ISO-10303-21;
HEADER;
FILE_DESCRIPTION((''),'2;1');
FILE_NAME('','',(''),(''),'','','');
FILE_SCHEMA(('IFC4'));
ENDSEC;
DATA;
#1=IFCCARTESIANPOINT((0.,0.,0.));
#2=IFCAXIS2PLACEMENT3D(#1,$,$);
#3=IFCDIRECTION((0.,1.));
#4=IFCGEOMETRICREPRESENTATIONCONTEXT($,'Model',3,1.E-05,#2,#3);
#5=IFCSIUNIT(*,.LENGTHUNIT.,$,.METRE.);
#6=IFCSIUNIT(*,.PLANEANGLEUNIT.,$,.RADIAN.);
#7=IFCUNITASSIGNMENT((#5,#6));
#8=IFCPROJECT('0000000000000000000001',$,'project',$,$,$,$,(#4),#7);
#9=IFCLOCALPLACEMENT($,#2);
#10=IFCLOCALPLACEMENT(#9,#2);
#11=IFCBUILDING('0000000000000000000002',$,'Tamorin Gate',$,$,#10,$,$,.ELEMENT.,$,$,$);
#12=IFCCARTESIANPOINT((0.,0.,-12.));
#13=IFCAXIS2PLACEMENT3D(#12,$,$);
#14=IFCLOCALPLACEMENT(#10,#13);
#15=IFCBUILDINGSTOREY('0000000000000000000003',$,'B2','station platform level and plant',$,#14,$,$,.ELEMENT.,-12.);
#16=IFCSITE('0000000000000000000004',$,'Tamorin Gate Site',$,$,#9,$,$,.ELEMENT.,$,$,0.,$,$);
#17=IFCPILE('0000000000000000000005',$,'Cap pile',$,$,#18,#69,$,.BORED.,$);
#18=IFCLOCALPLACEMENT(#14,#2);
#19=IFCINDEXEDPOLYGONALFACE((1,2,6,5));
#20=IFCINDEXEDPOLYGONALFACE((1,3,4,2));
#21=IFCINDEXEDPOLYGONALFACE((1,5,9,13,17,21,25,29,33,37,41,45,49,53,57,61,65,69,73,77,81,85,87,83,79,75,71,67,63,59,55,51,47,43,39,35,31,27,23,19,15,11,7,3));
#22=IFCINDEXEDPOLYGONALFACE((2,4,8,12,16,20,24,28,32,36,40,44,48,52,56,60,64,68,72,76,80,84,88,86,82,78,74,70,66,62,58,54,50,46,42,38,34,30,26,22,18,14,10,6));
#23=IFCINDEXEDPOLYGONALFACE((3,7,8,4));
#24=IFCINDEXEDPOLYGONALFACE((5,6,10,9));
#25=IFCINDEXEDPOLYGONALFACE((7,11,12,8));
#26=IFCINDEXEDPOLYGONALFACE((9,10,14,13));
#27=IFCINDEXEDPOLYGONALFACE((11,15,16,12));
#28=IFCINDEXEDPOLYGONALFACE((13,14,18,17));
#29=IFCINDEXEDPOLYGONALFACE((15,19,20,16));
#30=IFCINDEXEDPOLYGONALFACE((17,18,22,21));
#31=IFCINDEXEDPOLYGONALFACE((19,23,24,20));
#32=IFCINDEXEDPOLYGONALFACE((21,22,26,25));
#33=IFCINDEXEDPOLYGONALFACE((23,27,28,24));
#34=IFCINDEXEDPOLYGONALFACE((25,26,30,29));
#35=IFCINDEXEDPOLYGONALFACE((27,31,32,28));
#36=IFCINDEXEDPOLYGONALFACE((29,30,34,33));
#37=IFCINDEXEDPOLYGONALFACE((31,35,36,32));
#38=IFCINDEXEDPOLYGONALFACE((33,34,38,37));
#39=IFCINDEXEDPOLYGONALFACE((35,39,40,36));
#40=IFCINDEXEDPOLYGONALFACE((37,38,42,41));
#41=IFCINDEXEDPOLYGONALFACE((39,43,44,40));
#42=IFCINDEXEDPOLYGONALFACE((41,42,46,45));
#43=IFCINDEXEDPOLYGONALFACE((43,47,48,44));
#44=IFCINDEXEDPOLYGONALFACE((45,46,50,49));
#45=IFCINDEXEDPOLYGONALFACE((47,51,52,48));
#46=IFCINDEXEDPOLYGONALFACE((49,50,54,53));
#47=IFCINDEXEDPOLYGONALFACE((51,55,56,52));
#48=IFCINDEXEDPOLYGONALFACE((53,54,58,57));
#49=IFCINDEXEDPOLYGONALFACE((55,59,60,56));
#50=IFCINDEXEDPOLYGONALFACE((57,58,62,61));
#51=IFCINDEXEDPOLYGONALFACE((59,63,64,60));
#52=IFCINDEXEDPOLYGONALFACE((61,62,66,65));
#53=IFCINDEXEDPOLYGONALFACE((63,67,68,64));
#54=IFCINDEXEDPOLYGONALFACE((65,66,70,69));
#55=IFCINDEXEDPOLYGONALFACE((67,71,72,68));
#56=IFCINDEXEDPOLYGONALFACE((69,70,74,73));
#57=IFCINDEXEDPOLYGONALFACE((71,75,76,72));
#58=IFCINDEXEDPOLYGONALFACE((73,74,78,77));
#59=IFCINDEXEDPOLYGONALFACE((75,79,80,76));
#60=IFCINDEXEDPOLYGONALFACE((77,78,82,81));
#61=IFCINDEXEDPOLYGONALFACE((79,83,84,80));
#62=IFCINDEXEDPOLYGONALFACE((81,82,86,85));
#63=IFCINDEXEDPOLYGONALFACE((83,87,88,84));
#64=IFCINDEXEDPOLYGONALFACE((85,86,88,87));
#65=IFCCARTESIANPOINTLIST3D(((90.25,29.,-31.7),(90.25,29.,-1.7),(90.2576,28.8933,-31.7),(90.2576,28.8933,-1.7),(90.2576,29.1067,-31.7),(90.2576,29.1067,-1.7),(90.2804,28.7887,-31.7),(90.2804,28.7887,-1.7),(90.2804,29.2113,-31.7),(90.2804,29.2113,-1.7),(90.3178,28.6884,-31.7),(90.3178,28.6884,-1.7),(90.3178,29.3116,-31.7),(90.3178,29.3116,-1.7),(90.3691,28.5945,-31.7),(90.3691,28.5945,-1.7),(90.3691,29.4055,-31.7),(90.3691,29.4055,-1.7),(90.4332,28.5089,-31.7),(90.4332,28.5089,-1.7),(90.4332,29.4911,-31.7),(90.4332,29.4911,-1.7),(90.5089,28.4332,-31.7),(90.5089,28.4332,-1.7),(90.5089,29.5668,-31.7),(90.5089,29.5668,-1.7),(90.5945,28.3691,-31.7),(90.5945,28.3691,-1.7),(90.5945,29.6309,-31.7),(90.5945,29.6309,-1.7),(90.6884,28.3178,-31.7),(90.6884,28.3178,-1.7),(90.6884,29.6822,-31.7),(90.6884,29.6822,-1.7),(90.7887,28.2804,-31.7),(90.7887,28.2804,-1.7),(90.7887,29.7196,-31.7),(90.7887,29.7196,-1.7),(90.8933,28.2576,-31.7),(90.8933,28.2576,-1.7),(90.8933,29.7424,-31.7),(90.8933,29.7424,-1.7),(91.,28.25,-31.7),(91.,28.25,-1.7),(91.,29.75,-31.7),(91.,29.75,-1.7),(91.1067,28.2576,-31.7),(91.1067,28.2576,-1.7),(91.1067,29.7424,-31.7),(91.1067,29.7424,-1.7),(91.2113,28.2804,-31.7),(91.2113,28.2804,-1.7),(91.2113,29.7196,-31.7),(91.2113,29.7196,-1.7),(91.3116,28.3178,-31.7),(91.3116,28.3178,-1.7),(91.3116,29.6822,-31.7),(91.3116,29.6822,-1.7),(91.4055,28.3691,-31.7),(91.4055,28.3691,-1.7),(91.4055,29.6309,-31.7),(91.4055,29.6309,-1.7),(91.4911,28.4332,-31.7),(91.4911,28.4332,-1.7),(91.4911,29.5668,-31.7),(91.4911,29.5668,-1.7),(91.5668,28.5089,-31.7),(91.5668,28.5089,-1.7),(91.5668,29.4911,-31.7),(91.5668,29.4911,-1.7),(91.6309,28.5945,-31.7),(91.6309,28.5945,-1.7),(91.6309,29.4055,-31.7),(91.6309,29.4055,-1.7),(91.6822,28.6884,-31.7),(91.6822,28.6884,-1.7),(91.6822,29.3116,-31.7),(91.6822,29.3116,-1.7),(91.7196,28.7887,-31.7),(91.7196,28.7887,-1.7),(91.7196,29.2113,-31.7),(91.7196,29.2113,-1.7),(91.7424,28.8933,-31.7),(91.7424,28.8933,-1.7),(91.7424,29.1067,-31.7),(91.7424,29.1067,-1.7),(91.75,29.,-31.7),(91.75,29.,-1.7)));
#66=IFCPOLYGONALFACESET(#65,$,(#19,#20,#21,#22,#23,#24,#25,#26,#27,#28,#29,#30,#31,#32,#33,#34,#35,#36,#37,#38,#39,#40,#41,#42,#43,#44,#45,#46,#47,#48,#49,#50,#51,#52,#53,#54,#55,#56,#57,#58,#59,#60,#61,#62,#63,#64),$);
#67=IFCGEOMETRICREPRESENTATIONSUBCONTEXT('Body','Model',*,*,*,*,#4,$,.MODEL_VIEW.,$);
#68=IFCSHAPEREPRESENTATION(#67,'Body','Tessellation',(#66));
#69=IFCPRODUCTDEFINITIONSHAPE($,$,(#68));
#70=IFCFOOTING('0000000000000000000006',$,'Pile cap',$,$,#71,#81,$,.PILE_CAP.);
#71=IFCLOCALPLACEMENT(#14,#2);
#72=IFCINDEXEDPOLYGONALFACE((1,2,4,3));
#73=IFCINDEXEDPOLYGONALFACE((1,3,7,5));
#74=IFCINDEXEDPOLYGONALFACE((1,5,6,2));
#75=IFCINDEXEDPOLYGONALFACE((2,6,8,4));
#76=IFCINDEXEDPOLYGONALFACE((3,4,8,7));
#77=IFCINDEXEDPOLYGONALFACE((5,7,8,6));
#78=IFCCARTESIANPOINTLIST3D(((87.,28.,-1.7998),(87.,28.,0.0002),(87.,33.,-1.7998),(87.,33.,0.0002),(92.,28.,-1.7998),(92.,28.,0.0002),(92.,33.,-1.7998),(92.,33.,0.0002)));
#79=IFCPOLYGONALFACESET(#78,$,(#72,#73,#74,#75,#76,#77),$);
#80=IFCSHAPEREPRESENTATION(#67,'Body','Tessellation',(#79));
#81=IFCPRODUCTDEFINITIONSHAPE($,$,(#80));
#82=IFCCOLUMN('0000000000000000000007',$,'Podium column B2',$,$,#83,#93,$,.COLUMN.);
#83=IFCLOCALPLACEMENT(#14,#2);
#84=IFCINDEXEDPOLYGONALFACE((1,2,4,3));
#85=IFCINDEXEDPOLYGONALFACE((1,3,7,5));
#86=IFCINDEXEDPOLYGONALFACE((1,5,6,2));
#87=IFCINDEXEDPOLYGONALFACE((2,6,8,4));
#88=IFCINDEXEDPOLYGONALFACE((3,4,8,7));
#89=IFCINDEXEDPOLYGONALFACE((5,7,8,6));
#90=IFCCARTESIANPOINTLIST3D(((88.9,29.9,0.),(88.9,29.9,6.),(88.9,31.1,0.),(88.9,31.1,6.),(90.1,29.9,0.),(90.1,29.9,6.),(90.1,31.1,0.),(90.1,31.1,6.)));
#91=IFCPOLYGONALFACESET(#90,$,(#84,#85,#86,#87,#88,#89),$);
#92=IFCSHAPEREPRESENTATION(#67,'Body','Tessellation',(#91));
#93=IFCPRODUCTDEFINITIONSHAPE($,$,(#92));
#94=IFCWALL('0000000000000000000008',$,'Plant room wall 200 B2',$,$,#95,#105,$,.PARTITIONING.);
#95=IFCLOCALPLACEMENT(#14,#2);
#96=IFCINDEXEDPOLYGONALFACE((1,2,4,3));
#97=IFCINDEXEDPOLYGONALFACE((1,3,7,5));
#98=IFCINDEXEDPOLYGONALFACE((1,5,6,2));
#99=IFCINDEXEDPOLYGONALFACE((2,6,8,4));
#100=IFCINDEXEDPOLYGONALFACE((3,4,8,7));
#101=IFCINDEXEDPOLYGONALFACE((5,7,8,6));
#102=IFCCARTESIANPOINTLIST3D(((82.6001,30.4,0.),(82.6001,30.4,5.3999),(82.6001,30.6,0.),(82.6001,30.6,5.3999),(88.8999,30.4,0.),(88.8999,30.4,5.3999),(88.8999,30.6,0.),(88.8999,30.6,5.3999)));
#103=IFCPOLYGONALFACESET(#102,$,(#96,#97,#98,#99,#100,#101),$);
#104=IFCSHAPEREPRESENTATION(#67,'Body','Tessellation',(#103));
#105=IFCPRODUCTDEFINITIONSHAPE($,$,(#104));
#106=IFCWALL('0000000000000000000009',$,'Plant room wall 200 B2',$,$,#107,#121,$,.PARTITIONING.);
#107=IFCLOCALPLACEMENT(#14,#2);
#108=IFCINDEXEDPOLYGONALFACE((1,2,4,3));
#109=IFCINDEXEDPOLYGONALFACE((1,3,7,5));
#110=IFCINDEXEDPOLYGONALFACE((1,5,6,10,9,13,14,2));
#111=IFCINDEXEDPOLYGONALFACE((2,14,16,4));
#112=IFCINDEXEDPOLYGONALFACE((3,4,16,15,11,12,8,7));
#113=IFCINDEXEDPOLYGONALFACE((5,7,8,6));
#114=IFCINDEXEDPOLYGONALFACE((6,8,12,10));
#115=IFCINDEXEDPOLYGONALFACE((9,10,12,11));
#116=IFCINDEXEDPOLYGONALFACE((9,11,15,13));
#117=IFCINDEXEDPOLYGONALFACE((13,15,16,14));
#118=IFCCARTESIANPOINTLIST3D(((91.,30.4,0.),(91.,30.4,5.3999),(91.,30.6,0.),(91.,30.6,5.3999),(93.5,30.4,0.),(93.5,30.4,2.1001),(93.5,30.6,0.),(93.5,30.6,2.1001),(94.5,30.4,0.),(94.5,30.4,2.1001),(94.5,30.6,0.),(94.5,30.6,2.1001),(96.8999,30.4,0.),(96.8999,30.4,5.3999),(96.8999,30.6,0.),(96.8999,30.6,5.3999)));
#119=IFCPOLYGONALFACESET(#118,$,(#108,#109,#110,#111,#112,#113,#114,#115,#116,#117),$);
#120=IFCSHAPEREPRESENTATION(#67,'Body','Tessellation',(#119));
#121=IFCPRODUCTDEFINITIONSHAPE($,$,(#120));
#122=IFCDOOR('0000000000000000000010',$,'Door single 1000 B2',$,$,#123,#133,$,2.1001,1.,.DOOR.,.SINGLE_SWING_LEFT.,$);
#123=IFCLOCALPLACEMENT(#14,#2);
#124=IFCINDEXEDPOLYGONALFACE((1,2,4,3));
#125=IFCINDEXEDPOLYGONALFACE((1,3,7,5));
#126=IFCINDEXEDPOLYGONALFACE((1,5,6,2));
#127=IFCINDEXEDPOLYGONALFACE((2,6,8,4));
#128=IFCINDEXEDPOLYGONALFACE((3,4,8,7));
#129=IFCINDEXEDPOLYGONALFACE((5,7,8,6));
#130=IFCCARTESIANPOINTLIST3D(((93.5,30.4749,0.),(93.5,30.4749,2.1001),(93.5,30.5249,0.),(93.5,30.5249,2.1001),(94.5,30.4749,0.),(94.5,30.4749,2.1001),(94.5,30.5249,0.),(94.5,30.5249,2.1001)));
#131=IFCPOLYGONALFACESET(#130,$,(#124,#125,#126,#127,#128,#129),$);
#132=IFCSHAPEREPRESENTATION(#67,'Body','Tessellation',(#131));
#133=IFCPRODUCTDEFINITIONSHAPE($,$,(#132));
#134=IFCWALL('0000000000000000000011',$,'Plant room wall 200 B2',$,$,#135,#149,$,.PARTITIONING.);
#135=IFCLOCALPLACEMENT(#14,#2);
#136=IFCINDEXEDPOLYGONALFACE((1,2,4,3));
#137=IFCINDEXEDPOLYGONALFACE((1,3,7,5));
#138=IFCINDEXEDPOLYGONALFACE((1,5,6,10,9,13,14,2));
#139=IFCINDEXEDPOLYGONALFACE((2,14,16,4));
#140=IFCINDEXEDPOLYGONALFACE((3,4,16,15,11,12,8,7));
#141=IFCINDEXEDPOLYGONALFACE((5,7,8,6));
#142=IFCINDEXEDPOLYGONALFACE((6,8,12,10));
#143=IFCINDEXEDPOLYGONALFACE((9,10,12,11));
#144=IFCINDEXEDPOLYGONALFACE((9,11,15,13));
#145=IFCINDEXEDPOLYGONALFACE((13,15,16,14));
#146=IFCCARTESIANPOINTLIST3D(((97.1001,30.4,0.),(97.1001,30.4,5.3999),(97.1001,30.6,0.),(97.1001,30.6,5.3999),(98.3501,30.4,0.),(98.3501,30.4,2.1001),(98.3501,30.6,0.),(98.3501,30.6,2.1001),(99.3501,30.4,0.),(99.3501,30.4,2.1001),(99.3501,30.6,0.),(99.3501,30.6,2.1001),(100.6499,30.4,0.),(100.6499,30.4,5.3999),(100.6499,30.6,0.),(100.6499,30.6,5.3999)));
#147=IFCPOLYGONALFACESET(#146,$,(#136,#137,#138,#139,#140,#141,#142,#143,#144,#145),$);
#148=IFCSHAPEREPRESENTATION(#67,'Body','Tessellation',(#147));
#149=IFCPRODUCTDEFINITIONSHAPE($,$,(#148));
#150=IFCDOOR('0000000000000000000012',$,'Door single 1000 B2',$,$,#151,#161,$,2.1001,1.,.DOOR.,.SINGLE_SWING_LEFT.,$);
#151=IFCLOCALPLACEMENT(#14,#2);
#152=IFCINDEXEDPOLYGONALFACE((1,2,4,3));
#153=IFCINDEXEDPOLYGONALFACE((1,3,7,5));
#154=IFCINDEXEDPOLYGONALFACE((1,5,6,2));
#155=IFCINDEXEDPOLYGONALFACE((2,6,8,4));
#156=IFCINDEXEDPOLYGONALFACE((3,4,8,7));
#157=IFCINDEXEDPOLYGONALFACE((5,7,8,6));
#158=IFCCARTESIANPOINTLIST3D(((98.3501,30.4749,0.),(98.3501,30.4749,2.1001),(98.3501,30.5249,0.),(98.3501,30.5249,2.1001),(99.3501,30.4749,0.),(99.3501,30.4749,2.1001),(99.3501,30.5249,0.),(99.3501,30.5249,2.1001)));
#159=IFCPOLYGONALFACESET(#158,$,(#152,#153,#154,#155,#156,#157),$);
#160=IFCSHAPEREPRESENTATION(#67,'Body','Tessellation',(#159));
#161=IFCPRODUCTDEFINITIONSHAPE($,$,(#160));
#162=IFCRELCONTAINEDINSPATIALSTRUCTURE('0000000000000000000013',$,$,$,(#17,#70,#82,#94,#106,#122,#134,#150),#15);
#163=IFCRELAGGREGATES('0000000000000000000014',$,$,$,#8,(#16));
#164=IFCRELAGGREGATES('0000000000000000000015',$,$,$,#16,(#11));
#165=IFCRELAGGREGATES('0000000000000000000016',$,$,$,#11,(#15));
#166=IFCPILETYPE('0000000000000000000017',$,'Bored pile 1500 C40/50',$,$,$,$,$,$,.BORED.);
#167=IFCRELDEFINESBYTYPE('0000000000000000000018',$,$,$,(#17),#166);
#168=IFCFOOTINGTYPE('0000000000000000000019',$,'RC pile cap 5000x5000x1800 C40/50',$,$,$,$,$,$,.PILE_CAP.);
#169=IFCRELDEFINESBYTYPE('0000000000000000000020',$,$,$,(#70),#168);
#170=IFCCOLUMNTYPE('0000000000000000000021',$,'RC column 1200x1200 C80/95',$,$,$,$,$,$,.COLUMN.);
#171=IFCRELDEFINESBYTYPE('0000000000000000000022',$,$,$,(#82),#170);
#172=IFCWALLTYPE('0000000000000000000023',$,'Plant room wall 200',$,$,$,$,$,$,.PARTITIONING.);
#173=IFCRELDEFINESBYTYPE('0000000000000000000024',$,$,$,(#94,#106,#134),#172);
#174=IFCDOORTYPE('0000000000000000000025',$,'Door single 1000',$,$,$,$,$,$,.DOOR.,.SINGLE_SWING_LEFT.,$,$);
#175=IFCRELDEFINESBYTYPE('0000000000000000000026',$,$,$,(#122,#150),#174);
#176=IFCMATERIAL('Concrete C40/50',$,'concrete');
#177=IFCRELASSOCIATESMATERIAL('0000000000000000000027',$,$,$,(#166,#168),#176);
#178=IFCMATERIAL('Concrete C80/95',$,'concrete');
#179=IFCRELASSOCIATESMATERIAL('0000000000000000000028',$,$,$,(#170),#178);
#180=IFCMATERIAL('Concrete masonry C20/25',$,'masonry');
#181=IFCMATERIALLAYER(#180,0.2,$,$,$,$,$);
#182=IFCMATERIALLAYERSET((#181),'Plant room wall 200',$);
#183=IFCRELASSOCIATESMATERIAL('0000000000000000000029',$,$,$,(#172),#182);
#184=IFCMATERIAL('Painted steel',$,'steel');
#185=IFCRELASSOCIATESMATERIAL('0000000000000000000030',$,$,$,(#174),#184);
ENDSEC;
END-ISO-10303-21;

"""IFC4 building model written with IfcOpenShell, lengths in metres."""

from ifc_helpers import new_model, si_unit, direction, frame, frame_2d, origin, origin_2d, place, context, subcontext, project, spatial, rectangle, circle, extrude, material, layer, layer_set, material_profile, profile_set, type_object, element, fill, save


model = new_model("IFC4")

# Units and contexts
model_context = context("Model", 3, precision=1e-05, world=origin(), true_north=direction((0.0, 1.0)))
body_context = subcontext(model_context, "Body", "Model", "MODEL_VIEW")
ifc_project = project(units=[si_unit("LENGTHUNIT", "METRE"), si_unit("PLANEANGLEUNIT", "RADIAN")], contexts=[model_context])

# Site, building, storey
site_placement = place(None, origin())
site = spatial("IfcSite", under=ifc_project, at=site_placement, Name="Tamorin Gate Site", CompositionType="ELEMENT", RefElevation=0.0)
building_placement = place(site_placement, origin())
building = spatial("IfcBuilding", under=site, at=building_placement, Name="Tamorin Gate", CompositionType="ELEMENT")
storey_placement = place(building_placement, frame((0.0, 0.0, -12.0)))
storey = spatial("IfcBuildingStorey", under=building, at=storey_placement, Name="B2", Description="station platform level and plant", CompositionType="ELEMENT", Elevation=-12.0)

# Pile
ifc_material_1 = material(Name="Concrete C40/50", Category="concrete")
ifc_material_profile_1 = material_profile(ifc_material_1, circle(Radius=0.75, at=origin_2d()))
ifc_profile_set_1 = profile_set([ifc_material_profile_1], Name="Concrete C40/50")
pile_type = type_object("IfcPileType", Name="Bored pile 1500 C40/50", PredefinedType="BORED", material=ifc_profile_set_1)
for number, where, z_axis, x_axis, name in (
    (1, (91.0, 29.0, -1.7), (0.0, 0.0, -1.0), (1.0, 0.0, 0.0), "Cap pile"),
):
    element("IfcPile", number, at=place(storey_placement, frame(where, z_axis=z_axis, x_axis=x_axis)), inside=storey, type_object=pile_type, Name=name, PredefinedType="BORED", context=body_context, shape_type="SweptSolid", body=[
        extrude(circle(Radius=0.75, at=origin_2d()), origin(), (0.0, 0.0, 1.0), 30.0),
    ])

# Footing
footing_type = type_object("IfcFootingType", Name="RC pile cap 5000x5000x1800 C40/50", PredefinedType="PILE_CAP", material=ifc_material_1)
footing_placement = place(storey_placement, frame((89.5, 30.5, -1.7998), z_axis=(0.0, 0.0, 1.0), x_axis=(1.0, 0.0, 0.0)))
element("IfcFooting", 2, at=footing_placement, inside=storey, type_object=footing_type, Name="Pile cap", PredefinedType="PILE_CAP", context=body_context, shape_type="SweptSolid", body=[
    extrude(rectangle(XDim=5.0, YDim=5.0, at=origin_2d()), origin(), (0.0, 0.0, 1.0), 1.8),
])

# Column
ifc_material_2 = material(Name="Concrete C80/95", Category="concrete")
ifc_material_profile_2 = material_profile(ifc_material_2, rectangle(XDim=1.2, YDim=1.2, at=origin_2d()), Name="RC 1200x1200")
ifc_profile_set_2 = profile_set([ifc_material_profile_2], Name="Concrete C80/95")
column_type = type_object("IfcColumnType", Name="RC column 1200x1200 C80/95", PredefinedType="COLUMN", material=ifc_profile_set_2)
column_placement = place(storey_placement, frame((89.5, 30.5, 0.0), z_axis=(0.0, 0.0, 1.0), x_axis=(1.0, 0.0, 0.0)))
element("IfcColumn", 3, at=column_placement, inside=storey, type_object=column_type, Name="Podium column B2", PredefinedType="COLUMN", context=body_context, shape_type="SweptSolid", body=[
    extrude(rectangle(XDim=1.2, YDim=1.2, at=origin_2d()), origin(), (0.0, 0.0, 1.0), 6.0),
])

# Wall
ifc_material_3 = material(Name="Concrete masonry C20/25", Category="masonry")
ifc_layer_1 = layer(ifc_material_3, 0.2)
ifc_layer_set_1 = layer_set([ifc_layer_1], Name="Plant room wall 200")
wall_type_1 = type_object("IfcWallType", Name="Plant room wall 200", PredefinedType="PARTITIONING", material=ifc_layer_set_1)
wall_1_placement = place(storey_placement, frame((82.6001, 30.5, 0.0), z_axis=(0.0, 0.0, 1.0), x_axis=(1.0, 0.0, 0.0)))
element("IfcWall", 4, at=wall_1_placement, inside=storey, type_object=wall_type_1, Name="Plant room wall 200 B2", PredefinedType="PARTITIONING", context=body_context, shape_type="SweptSolid", body=[
    extrude(rectangle(XDim=6.2998, YDim=0.2, at=frame_2d((3.1499, 0.0))), origin(), (0.0, 0.0, 1.0), 5.3999),
])

# Walls, openings, doors
wall_2_placement = place(storey_placement, frame((91.0, 30.5, 0.0), z_axis=(0.0, 0.0, 1.0), x_axis=(1.0, 0.0, 0.0)))
wall_2 = element("IfcWall", 5, at=wall_2_placement, inside=storey, type_object=wall_type_1, Name="Plant room wall 200 B2", PredefinedType="PARTITIONING", context=body_context, shape_type="SweptSolid", body=[
    extrude(rectangle(XDim=5.8999, YDim=0.2, at=frame_2d((2.95, 0.0))), origin(), (0.0, 0.0, 1.0), 5.3999),
])
opening_1_placement = place(wall_2_placement, frame((2.5, 0.0, 0.0)))
opening_1 = element("IfcOpeningElement", 6, at=opening_1_placement, cuts=wall_2, PredefinedType="OPENING", context=body_context, shape_type="SweptSolid", body=[
    extrude(rectangle(XDim=1.0, YDim=2.1001, at=frame_2d((0.5, 1.05))), frame((0.0, 0.1099, 0.0), z_axis=(0.0, -1.0, 0.0), x_axis=(1.0, 0.0, 0.0)), (0.0, 0.0, 1.0), 0.22),
])
ifc_material_4 = material(Name="Painted steel", Category="steel")
door_type_1 = type_object("IfcDoorType", Name="Door single 1000", OperationType="SINGLE_SWING_LEFT", PredefinedType="DOOR", material=ifc_material_4)
door_1_placement = place(opening_1_placement, origin())
door_1 = element("IfcDoor", 7, at=door_1_placement, inside=storey, type_object=door_type_1, Name="Door single 1000 B2", OperationType="SINGLE_SWING_LEFT", OverallHeight=2.1001, OverallWidth=1.0, PredefinedType="DOOR", context=body_context, shape_type="SweptSolid", body=[
    extrude(rectangle(XDim=1.0, YDim=2.1001, at=frame_2d((0.5, 1.05))), frame((0.0, 0.0249, 0.0), z_axis=(0.0, -1.0, 0.0), x_axis=(1.0, 0.0, 0.0)), (0.0, 0.0, 1.0), 0.05),
])
fill(opening_1, door_1)
wall_3_placement = place(storey_placement, frame((97.1001, 30.5, 0.0), z_axis=(0.0, 0.0, 1.0), x_axis=(1.0, 0.0, 0.0)))
wall_3 = element("IfcWall", 8, at=wall_3_placement, inside=storey, type_object=wall_type_1, Name="Plant room wall 200 B2", PredefinedType="PARTITIONING", context=body_context, shape_type="SweptSolid", body=[
    extrude(rectangle(XDim=3.5498, YDim=0.2, at=frame_2d((1.7749, 0.0))), origin(), (0.0, 0.0, 1.0), 5.3999),
])
opening_2_placement = place(wall_3_placement, frame((1.25, 0.0, 0.0)))
opening_2 = element("IfcOpeningElement", 9, at=opening_2_placement, cuts=wall_3, PredefinedType="OPENING", context=body_context, shape_type="SweptSolid", body=[
    extrude(rectangle(XDim=1.0, YDim=2.1001, at=frame_2d((0.5, 1.05))), frame((0.0, 0.1099, 0.0), z_axis=(0.0, -1.0, 0.0), x_axis=(1.0, 0.0, 0.0)), (0.0, 0.0, 1.0), 0.22),
])
door_2_placement = place(opening_2_placement, origin())
door_2 = element("IfcDoor", 10, at=door_2_placement, inside=storey, type_object=door_type_1, Name="Door single 1000 B2", OperationType="SINGLE_SWING_LEFT", OverallHeight=2.1001, OverallWidth=1.0, PredefinedType="DOOR", context=body_context, shape_type="SweptSolid", body=[
    extrude(rectangle(XDim=1.0, YDim=2.1001, at=frame_2d((0.5, 1.05))), frame((0.0, 0.0249, 0.0), z_axis=(0.0, -1.0, 0.0), x_axis=(1.0, 0.0, 0.0)), (0.0, 0.0, 1.0), 0.05),
])
fill(opening_2, door_2)

save(model, "model.ifc")
